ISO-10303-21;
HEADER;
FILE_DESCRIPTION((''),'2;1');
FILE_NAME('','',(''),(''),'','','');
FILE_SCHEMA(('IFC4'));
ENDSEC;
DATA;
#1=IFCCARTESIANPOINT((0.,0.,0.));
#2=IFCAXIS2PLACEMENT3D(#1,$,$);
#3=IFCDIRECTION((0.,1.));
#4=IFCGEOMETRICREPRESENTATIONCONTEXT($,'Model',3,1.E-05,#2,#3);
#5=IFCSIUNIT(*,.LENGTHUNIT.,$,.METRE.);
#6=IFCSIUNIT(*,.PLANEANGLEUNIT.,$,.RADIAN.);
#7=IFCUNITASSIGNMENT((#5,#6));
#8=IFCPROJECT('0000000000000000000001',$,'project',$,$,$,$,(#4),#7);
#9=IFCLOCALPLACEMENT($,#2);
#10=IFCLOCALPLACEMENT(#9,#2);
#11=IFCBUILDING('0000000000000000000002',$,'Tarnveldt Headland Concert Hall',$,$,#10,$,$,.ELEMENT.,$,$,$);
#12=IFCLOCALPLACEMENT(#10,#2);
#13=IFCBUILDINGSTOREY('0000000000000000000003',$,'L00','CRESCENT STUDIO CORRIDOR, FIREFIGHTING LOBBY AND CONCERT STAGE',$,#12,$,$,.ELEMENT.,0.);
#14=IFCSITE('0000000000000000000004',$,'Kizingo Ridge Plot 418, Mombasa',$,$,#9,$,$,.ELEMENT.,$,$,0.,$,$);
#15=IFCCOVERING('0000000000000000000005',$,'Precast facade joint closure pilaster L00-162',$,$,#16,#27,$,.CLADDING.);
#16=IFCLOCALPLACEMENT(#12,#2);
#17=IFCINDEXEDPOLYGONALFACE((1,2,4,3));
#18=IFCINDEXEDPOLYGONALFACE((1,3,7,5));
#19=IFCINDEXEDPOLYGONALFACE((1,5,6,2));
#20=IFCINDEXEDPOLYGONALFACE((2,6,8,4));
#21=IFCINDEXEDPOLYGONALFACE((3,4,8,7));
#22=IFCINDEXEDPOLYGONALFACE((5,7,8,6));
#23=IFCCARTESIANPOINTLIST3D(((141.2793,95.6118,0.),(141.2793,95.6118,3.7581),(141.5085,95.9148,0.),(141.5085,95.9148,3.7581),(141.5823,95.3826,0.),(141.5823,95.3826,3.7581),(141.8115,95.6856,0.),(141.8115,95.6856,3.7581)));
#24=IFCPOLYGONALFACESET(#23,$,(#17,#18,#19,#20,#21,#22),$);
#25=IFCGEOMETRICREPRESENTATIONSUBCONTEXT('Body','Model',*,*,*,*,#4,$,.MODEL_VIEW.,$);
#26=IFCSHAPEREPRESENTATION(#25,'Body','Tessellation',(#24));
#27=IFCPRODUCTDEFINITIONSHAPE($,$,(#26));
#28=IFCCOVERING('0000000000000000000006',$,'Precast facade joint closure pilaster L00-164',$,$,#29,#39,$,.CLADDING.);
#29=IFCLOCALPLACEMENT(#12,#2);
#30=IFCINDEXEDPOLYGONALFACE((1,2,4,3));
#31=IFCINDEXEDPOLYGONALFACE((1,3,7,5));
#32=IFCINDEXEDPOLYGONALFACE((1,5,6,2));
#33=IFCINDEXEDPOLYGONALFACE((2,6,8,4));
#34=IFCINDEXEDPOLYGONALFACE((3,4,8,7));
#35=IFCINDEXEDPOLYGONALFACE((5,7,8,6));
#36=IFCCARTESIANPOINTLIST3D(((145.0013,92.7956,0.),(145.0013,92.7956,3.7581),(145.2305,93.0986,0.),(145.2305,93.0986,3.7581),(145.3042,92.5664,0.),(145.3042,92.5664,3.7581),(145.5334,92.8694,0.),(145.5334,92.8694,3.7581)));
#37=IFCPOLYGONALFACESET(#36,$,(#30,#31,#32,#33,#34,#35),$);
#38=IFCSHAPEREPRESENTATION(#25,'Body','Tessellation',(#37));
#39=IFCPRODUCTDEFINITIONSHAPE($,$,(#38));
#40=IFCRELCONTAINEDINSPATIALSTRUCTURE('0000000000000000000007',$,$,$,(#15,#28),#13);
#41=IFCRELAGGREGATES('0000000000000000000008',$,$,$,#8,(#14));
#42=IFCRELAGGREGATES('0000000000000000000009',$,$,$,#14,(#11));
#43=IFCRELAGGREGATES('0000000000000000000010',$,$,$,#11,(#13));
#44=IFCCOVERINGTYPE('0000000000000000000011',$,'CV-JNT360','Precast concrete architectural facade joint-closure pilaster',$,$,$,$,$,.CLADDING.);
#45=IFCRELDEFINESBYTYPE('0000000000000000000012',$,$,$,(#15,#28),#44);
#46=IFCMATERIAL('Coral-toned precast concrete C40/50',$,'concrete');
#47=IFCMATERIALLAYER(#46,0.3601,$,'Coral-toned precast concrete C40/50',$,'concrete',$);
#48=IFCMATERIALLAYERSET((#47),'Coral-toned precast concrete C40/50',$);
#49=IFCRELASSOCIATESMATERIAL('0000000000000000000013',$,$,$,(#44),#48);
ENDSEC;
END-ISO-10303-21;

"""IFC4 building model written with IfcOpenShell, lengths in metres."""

from ifc_helpers import new_model, si_unit, direction, frame, origin, origin_2d, place, context, subcontext, project, spatial, rectangle, extrude, material, layer, layer_set, type_object, element, save


model = new_model("IFC4")

# Units and contexts
model_context = context("Model", 3, precision=1e-05, world=origin(), true_north=direction((0.0, 1.0)))
body_context = subcontext(model_context, "Body", "Model", "MODEL_VIEW")
ifc_project = project(units=[si_unit("LENGTHUNIT", "METRE"), si_unit("PLANEANGLEUNIT", "RADIAN")], contexts=[model_context])

# Site, building, storey
site_placement = place(None, origin())
site = spatial("IfcSite", under=ifc_project, at=site_placement, Name="Kizingo Ridge Plot 418, Mombasa", CompositionType="ELEMENT", RefElevation=0.0)
building_placement = place(site_placement, origin())
building = spatial("IfcBuilding", under=site, at=building_placement, Name="Tarnveldt Headland Concert Hall", CompositionType="ELEMENT")
storey_placement = place(building_placement, origin())
storey = spatial("IfcBuildingStorey", under=building, at=storey_placement, Name="L00", Description="CRESCENT STUDIO CORRIDOR, FIREFIGHTING LOBBY AND CONCERT STAGE", CompositionType="ELEMENT", Elevation=0.0)

# Shared definitions
ifc_material_1 = material(Name="Coral-toned precast concrete C40/50", Category="concrete")

# Coverings
ifc_layer_1 = layer(ifc_material_1, 0.3601, Name="Coral-toned precast concrete C40/50", Category="concrete")
ifc_layer_set_1 = layer_set([ifc_layer_1], Name="Coral-toned precast concrete C40/50")
covering_type_1 = type_object("IfcCoveringType", Name="CV-JNT360", Description="Precast concrete architectural facade joint-closure pilaster", PredefinedType="CLADDING", material=ifc_layer_set_1)
for number, where, z_axis, x_axis, name in (
    (1, (141.5454, 95.6487, 0.0), (0.0, 0.0, 1.0), (-0.797479, 0.603347, 0.0), "Precast facade joint closure pilaster L00-162"),
    (2, (145.2673, 92.8325, 0.0), (0.0, 0.0, 1.0), (-0.797479, 0.603347, 0.0), "Precast facade joint closure pilaster L00-164"),
):
    element("IfcCovering", number, at=place(storey_placement, frame(where, z_axis=z_axis, x_axis=x_axis)), inside=storey, type_object=covering_type_1, Name=name, PredefinedType="CLADDING", context=body_context, shape_type="SweptSolid", body=[
        extrude(rectangle(XDim=0.3799, YDim=0.3799, at=origin_2d()), origin(), (0.0, 0.0, 1.0), 3.7581),
    ])

save(model, "model.ifc")
